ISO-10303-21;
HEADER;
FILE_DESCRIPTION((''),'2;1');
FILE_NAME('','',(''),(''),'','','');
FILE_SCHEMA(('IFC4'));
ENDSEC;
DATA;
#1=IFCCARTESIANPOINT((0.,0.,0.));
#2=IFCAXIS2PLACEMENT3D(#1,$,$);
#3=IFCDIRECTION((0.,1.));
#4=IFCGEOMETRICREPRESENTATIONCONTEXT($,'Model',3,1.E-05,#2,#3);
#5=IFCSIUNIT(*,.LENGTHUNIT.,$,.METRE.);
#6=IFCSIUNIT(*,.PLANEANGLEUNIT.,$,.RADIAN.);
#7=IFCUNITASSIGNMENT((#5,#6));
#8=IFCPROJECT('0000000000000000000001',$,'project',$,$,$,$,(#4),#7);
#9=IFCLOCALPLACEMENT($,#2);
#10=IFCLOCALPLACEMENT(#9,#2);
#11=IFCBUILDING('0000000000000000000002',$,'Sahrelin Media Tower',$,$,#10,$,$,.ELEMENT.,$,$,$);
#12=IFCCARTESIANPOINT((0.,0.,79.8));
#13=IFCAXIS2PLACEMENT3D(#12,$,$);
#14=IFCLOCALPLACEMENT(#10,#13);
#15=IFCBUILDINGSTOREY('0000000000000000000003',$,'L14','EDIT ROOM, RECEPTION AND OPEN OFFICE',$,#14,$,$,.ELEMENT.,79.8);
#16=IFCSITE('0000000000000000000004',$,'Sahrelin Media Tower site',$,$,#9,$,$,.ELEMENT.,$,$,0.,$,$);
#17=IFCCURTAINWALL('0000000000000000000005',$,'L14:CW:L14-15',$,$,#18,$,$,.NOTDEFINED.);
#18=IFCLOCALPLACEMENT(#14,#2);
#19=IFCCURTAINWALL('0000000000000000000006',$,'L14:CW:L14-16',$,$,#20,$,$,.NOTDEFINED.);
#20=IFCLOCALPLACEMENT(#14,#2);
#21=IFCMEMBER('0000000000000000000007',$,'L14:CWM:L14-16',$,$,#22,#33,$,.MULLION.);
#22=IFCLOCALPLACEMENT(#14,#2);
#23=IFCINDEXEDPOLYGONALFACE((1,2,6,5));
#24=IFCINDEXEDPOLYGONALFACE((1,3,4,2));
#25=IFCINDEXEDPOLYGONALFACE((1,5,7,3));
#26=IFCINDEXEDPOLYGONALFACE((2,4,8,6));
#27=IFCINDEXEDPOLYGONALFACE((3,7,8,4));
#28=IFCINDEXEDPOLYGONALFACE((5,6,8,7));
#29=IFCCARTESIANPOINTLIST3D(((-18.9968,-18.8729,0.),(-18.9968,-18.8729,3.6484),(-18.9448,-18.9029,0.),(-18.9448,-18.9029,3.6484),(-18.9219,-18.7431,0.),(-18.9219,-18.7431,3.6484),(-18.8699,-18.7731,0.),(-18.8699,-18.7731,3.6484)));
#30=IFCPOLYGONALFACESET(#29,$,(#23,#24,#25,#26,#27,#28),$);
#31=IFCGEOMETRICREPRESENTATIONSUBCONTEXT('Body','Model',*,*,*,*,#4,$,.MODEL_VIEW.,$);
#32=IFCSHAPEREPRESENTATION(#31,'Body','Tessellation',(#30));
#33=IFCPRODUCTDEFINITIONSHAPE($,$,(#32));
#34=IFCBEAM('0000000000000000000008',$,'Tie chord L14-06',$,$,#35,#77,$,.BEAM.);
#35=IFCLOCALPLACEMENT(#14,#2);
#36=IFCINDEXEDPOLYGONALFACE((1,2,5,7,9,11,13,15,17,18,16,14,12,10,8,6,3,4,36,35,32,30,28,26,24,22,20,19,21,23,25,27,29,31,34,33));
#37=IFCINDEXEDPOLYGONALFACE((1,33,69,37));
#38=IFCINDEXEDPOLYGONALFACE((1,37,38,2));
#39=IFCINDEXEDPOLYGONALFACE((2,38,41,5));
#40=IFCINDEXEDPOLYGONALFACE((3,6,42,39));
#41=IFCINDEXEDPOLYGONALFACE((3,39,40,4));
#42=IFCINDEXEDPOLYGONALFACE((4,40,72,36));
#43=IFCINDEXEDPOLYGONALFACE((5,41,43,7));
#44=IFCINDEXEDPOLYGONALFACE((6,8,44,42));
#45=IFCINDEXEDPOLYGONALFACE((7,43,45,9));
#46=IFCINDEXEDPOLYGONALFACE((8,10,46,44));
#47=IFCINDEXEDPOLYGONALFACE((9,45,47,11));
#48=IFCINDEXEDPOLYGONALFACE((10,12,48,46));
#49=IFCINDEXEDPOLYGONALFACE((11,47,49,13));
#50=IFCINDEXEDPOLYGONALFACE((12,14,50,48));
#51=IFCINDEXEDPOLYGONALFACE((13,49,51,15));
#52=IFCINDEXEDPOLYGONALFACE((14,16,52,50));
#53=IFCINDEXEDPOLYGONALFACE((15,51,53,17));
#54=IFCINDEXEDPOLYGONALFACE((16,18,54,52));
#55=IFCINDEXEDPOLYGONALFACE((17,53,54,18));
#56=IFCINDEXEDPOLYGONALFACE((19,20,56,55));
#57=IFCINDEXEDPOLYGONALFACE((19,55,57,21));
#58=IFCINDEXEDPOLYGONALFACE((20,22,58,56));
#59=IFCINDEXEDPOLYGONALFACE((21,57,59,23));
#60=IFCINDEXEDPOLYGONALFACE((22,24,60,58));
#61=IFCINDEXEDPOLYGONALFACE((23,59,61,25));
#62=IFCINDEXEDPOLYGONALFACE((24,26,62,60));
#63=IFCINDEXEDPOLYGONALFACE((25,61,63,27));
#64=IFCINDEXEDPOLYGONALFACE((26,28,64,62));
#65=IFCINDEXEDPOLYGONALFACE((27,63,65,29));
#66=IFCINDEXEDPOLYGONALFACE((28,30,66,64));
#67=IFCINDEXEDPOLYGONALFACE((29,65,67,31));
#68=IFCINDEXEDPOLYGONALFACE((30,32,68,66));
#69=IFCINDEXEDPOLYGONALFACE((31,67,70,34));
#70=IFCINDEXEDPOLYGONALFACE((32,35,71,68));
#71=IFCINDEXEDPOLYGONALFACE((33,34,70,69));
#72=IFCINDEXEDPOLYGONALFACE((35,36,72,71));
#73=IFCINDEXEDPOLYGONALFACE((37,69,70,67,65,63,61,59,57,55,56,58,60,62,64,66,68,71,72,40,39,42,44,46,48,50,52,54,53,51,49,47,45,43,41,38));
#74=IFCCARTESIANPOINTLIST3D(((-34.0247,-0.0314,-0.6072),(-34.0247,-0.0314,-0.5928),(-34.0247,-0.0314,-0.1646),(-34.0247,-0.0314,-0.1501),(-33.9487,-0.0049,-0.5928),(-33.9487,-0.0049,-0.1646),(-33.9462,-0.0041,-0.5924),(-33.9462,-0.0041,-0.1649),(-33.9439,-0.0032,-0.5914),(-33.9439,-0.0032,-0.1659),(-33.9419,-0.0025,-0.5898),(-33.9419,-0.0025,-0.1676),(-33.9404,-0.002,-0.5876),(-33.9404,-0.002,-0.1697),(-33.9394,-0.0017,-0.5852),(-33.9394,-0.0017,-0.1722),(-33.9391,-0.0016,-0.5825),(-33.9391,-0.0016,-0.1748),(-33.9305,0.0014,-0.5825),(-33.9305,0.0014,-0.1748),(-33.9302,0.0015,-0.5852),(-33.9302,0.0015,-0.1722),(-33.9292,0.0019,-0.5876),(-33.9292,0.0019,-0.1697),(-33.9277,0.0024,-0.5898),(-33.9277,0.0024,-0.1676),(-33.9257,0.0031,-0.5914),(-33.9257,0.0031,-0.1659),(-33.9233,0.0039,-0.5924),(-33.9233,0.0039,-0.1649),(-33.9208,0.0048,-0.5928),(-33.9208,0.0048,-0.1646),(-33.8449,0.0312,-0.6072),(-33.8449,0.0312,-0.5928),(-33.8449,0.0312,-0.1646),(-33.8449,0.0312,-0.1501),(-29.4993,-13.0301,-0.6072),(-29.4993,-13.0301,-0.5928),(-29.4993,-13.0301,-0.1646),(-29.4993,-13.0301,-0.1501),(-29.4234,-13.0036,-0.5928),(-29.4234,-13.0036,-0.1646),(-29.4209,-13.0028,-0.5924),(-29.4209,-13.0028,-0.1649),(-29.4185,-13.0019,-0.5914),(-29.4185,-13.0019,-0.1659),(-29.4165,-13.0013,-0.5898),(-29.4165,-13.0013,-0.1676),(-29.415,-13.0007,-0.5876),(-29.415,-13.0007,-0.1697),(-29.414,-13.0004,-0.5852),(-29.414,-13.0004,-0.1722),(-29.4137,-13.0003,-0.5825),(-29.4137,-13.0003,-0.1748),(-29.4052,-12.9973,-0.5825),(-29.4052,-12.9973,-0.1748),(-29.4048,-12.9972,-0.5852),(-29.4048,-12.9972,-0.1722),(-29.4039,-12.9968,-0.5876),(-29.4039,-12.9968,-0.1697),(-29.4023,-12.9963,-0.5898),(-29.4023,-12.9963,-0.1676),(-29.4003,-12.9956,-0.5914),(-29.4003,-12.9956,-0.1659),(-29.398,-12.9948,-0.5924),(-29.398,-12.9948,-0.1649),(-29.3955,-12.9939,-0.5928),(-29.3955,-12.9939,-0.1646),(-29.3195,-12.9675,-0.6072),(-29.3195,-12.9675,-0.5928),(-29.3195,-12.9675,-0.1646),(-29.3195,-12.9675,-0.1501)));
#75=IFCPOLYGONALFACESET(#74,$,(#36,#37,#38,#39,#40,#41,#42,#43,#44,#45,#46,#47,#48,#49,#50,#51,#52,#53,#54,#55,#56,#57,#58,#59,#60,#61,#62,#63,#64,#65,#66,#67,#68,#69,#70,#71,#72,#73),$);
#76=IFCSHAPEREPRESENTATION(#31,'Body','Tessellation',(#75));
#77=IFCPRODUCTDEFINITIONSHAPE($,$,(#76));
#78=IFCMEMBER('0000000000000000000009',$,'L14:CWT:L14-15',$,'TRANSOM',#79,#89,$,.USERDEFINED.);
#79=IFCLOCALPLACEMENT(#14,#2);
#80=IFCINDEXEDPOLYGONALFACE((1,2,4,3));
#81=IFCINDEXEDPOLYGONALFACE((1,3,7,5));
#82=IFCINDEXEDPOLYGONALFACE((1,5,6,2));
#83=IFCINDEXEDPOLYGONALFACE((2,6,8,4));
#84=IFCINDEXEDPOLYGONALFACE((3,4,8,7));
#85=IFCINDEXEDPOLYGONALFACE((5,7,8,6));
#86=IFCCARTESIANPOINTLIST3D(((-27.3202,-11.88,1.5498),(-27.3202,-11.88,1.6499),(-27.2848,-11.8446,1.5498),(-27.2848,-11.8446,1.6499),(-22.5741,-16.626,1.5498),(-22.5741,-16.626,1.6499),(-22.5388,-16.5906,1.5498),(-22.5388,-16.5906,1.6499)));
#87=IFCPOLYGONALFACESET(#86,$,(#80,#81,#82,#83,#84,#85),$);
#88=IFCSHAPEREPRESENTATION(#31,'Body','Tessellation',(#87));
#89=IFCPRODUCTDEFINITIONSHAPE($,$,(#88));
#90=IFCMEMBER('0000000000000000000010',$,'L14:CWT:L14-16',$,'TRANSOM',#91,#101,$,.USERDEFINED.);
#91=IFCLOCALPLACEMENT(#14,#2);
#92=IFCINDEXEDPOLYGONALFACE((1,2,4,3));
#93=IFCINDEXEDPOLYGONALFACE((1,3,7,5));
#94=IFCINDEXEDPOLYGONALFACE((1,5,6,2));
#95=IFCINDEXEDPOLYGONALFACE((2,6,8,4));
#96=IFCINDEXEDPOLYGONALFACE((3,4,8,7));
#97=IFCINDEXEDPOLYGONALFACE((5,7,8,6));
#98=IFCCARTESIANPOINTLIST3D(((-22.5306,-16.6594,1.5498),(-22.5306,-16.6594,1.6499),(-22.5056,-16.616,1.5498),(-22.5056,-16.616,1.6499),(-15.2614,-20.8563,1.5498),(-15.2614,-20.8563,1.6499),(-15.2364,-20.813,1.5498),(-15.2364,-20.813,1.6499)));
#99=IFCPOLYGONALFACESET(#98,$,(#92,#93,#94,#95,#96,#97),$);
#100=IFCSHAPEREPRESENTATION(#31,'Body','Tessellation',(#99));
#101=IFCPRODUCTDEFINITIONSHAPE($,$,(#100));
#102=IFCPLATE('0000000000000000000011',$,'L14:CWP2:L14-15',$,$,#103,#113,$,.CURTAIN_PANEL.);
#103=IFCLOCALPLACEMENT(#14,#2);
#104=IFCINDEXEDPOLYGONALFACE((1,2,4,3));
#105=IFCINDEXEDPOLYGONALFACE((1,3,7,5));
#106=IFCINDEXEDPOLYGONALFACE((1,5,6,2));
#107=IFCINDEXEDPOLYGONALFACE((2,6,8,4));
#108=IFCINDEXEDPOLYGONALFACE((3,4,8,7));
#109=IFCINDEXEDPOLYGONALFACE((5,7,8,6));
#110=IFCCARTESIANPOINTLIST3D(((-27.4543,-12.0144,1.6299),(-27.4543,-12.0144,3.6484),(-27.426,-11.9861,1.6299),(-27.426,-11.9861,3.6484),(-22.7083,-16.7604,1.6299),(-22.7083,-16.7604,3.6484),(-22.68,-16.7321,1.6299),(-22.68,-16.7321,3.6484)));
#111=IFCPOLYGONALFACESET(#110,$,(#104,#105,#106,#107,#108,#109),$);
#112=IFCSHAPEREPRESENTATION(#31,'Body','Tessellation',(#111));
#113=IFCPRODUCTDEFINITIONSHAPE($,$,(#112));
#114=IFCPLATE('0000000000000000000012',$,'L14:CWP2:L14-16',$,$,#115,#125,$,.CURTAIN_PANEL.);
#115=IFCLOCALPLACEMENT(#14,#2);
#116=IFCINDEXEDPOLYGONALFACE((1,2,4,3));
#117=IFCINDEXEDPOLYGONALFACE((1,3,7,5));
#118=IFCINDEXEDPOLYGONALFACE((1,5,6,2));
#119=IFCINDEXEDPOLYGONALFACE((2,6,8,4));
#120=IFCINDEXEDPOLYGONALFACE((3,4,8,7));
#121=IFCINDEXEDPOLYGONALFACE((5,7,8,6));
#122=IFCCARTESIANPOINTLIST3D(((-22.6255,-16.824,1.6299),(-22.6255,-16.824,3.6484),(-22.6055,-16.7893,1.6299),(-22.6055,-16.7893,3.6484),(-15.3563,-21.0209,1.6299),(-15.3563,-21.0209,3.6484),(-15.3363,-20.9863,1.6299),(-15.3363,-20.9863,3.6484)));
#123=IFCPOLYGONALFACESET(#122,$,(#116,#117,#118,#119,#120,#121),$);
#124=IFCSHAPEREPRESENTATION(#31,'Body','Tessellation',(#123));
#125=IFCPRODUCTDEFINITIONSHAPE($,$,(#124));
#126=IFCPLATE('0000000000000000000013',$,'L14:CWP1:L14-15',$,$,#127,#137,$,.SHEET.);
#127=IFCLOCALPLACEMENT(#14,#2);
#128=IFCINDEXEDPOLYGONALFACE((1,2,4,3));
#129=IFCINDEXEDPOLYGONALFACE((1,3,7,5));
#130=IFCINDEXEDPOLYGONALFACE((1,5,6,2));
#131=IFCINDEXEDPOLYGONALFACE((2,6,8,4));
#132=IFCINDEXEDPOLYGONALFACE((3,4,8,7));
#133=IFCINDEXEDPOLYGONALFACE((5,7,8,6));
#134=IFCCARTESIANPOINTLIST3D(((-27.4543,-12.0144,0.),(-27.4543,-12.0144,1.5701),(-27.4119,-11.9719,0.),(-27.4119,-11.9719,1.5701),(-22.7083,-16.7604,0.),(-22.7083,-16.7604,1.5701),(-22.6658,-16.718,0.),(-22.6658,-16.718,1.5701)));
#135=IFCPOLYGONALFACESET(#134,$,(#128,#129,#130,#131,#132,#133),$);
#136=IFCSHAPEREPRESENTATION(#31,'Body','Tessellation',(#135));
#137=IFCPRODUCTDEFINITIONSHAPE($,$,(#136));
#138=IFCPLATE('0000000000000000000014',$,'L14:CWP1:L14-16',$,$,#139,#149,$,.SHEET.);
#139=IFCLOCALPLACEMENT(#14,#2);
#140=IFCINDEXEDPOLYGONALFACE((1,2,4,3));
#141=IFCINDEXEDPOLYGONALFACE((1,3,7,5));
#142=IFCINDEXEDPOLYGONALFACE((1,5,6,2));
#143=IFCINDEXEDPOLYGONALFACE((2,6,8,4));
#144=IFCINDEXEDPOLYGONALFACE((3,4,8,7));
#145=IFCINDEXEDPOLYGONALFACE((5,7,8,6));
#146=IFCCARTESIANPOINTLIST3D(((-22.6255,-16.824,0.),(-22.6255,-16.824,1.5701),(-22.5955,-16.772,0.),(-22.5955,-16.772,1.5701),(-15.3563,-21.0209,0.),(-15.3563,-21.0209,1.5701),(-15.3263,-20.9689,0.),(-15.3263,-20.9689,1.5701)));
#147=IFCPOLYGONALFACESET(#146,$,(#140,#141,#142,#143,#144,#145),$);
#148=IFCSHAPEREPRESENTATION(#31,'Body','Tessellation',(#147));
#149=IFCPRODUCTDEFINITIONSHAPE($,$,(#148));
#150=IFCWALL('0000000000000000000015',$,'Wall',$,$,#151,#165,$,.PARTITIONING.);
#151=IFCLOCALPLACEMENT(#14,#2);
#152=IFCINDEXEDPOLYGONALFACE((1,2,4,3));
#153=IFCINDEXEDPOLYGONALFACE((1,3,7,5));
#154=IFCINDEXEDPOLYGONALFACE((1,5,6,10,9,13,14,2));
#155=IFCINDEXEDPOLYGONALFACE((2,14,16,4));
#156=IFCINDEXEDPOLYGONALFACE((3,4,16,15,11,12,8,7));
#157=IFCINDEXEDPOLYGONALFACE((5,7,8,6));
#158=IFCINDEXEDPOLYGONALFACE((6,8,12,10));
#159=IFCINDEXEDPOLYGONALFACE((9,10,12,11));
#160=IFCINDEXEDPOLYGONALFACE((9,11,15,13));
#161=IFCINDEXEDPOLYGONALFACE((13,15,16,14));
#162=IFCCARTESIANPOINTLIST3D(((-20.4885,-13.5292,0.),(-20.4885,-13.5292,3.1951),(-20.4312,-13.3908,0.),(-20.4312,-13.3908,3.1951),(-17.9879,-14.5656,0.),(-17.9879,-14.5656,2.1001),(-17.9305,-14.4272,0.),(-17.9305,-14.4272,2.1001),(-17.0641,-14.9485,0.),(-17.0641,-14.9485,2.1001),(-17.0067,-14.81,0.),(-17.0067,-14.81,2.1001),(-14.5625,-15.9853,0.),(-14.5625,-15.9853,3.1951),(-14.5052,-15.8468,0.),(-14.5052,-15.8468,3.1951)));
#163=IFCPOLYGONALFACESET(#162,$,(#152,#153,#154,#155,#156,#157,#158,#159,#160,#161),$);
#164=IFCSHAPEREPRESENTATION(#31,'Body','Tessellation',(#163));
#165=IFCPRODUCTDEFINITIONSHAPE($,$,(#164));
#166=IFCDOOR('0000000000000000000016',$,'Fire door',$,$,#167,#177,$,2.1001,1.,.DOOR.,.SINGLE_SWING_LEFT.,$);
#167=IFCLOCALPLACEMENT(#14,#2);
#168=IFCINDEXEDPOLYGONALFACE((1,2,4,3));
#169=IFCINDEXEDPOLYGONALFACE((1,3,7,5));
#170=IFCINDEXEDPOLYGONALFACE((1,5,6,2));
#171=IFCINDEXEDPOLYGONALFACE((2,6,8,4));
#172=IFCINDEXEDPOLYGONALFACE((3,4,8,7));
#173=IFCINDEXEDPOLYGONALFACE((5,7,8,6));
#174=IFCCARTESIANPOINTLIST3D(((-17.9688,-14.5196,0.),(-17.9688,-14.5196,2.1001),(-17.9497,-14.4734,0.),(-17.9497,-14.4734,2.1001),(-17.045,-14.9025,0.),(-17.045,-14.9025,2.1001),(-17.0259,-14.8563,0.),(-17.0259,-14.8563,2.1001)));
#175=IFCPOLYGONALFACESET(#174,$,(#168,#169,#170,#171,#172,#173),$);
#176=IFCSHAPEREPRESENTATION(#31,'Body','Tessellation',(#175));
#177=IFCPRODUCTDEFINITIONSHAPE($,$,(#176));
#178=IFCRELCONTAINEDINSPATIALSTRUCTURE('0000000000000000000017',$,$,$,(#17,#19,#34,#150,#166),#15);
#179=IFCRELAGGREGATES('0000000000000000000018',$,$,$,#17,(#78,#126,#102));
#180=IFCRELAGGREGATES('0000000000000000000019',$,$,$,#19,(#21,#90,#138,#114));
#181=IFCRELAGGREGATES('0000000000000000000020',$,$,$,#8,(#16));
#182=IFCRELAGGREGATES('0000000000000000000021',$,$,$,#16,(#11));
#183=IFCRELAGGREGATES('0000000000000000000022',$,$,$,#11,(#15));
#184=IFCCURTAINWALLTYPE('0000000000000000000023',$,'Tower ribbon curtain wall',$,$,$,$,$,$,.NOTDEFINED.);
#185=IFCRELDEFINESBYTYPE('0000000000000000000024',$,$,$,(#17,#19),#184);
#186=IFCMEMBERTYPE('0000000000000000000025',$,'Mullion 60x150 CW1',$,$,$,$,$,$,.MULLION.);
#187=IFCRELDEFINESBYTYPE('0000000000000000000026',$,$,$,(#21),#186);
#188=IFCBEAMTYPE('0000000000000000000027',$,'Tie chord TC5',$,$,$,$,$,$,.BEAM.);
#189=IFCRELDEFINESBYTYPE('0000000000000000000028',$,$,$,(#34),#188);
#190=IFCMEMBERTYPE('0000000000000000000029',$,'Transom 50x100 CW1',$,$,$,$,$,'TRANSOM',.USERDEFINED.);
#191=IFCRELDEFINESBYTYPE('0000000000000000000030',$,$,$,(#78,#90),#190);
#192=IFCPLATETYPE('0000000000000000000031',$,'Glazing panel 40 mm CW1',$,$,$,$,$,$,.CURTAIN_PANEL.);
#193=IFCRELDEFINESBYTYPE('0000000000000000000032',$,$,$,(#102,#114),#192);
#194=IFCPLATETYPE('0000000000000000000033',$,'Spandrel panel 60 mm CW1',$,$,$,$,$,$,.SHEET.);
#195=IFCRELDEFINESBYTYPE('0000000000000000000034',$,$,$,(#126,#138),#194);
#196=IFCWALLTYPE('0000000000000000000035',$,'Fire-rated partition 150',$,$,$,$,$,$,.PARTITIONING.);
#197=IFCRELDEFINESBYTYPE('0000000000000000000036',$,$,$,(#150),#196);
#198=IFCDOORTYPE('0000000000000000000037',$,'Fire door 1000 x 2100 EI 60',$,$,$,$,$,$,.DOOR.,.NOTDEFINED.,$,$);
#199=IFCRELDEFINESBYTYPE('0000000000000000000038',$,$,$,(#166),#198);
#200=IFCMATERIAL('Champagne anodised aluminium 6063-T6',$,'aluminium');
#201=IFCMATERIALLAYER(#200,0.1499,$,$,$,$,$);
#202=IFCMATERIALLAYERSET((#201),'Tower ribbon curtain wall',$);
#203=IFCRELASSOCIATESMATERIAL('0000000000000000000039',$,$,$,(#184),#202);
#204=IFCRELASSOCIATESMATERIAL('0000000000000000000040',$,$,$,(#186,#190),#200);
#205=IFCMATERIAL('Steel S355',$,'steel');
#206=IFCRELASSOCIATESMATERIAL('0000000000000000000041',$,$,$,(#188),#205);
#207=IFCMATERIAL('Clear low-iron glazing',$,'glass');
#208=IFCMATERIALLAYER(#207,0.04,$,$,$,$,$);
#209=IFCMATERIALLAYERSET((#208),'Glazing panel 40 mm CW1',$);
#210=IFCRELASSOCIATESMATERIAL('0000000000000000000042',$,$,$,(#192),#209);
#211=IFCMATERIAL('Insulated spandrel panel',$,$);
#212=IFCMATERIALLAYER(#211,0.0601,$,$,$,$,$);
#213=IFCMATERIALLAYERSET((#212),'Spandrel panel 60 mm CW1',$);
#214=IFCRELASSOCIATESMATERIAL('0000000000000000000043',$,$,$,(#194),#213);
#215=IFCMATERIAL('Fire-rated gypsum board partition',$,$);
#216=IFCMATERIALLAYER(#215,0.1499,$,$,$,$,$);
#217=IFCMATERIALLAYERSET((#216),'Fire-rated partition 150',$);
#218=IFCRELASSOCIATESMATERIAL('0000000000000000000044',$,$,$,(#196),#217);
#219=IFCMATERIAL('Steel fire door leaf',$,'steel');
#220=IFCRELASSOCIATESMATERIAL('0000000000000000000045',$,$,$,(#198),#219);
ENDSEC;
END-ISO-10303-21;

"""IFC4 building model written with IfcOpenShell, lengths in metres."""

from ifc_helpers import new_model, si_unit, direction, frame, frame_2d, origin, origin_2d, place, context, subcontext, project, spatial, polyline, rectangle, i_section, outline, extrude, material, layer, layer_set, material_profile, profile_set, type_object, element, fill, aggregate, save


model = new_model("IFC4")

# Units and contexts
model_context = context("Model", 3, precision=1e-05, world=origin(), true_north=direction((0.0, 1.0)))
body_context = subcontext(model_context, "Body", "Model", "MODEL_VIEW")
ifc_project = project(units=[si_unit("LENGTHUNIT", "METRE"), si_unit("PLANEANGLEUNIT", "RADIAN")], contexts=[model_context])

# Site, building, storey
site_placement = place(None, origin())
site = spatial("IfcSite", under=ifc_project, at=site_placement, Name="Sahrelin Media Tower site", CompositionType="ELEMENT", RefElevation=0.0)
building_placement = place(site_placement, origin())
building = spatial("IfcBuilding", under=site, at=building_placement, Name="Sahrelin Media Tower", CompositionType="ELEMENT")
storey_placement = place(building_placement, frame((0.0, 0.0, 79.8)))
storey = spatial("IfcBuildingStorey", under=building, at=storey_placement, Name="L14", Description="EDIT ROOM, RECEPTION AND OPEN OFFICE", CompositionType="ELEMENT", Elevation=79.8)

# Shared definitions
ifc_material_1 = material(Name="Steel S355", Category="steel")

# Curtain walls, member
ifc_material_2 = material(Name="Champagne anodised aluminium 6063-T6", Category="aluminium")
ifc_layer_1 = layer(ifc_material_2, 0.1499)
ifc_layer_set_1 = layer_set([ifc_layer_1], Name="Tower ribbon curtain wall")
curtain_wall_type = type_object("IfcCurtainWallType", Name="Tower ribbon curtain wall", PredefinedType="NOTDEFINED", material=ifc_layer_set_1)
curtain_wall_1_placement = place(storey_placement, frame((-25.0671, -14.3733, 0.0), z_axis=(0.0, 0.0, 1.0), x_axis=(1.0, 0.0, 0.0)))
curtain_wall_1 = element("IfcCurtainWall", 1, at=curtain_wall_1_placement, inside=storey, type_object=curtain_wall_type, Name="L14:CW:L14-15", PredefinedType="NOTDEFINED")
ifc_material_profile_1 = material_profile(ifc_material_2, rectangle(XDim=0.0601, YDim=0.1499, at=origin_2d()), Name="Mullion 60x150")
ifc_profile_set_1 = profile_set([ifc_material_profile_1], Name="Champagne anodised aluminium 6063-T6")
member_type_1 = type_object("IfcMemberType", Name="Mullion 60x150 CW1", PredefinedType="MULLION", material=ifc_profile_set_1)
curtain_wall_2_placement = place(storey_placement, frame((-18.9807, -18.905, 0.0), z_axis=(0.0, 0.0, 1.0), x_axis=(1.0, 0.0, 0.0)))
curtain_wall_2 = element("IfcCurtainWall", 2, at=curtain_wall_2_placement, inside=storey, type_object=curtain_wall_type, Name="L14:CW:L14-16", PredefinedType="NOTDEFINED")
member_1_placement = place(storey_placement, frame((-18.9333, -18.823, 0.0), z_axis=(0.0, 0.0, 1.0), x_axis=(0.866027, -0.499997, 0.0)))
member_1 = element("IfcMember", 3, at=member_1_placement, type_object=member_type_1, Name="L14:CWM:L14-16", PredefinedType="MULLION", context=body_context, shape_type="SweptSolid", body=[
    extrude(rectangle(XDim=0.0601, YDim=0.1499, at=origin_2d()), origin(), (0.0, 0.0, 1.0), 3.6484),
])

# Beam
ifc_material_profile_2 = material_profile(ifc_material_1, i_section(OverallWidth=0.1904, OverallDepth=0.457, WebThickness=0.009, FlangeThickness=0.0144, FilletRadius=0.0103, at=origin_2d()), Name="UB 457x191x74")
ifc_profile_set_2 = profile_set([ifc_material_profile_2], Name="Steel S355")
beam_type_1 = type_object("IfcBeamType", Name="Tie chord TC5", PredefinedType="BEAM", material=ifc_profile_set_2)
beam_1_placement = place(storey_placement, frame((-29.4094, -12.9988, -0.3787), z_axis=(-0.328785, 0.944405, 0.0), x_axis=(-0.944405, -0.328785, 0.0)))
element("IfcBeam", 4, at=beam_1_placement, inside=storey, type_object=beam_type_1, Name="Tie chord L14-06", PredefinedType="BEAM", context=body_context, shape_type="SweptSolid", body=[
    extrude(i_section(OverallWidth=0.1904, OverallDepth=0.457, WebThickness=0.009, FlangeThickness=0.0144, FilletRadius=0.0103, at=origin_2d()), origin(), (0.0, 0.0, 1.0), 13.7639),
])

# Members
ifc_material_profile_3 = material_profile(ifc_material_2, rectangle(XDim=0.05, YDim=0.1001, at=origin_2d()), Name="Transom 50x100")
ifc_profile_set_3 = profile_set([ifc_material_profile_3], Name="Champagne anodised aluminium 6063-T6")
member_type_2 = type_object("IfcMemberType", Name="Transom 50x100 CW1", ElementType="TRANSOM", PredefinedType="USERDEFINED", material=ifc_profile_set_3)
member_2_placement = place(storey_placement, frame((-27.3025, -11.8623, 1.5999), z_axis=(0.707107, -0.707107, 0.0), x_axis=(0.707107, 0.707107, 0.0)))
member_2 = element("IfcMember", 5, at=member_2_placement, type_object=member_type_2, Name="L14:CWT:L14-15", ObjectType="TRANSOM", PredefinedType="USERDEFINED", context=body_context, shape_type="SweptSolid", body=[
    extrude(rectangle(XDim=0.05, YDim=0.1001, at=origin_2d()), origin(), (0.0, 0.0, 1.0), 6.7119),
])
member_3_placement = place(storey_placement, frame((-22.5181, -16.6377, 1.5999), z_axis=(0.86602, -0.500009, 0.0), x_axis=(0.500009, 0.86602, 0.0)))
member_3 = element("IfcMember", 6, at=member_3_placement, type_object=member_type_2, Name="L14:CWT:L14-16", ObjectType="TRANSOM", PredefinedType="USERDEFINED", context=body_context, shape_type="SweptSolid", body=[
    extrude(rectangle(XDim=0.05, YDim=0.1001, at=origin_2d()), origin(), (0.0, 0.0, 1.0), 8.3938),
])

# Plates
ifc_material_3 = material(Name="Clear low-iron glazing", Category="glass")
ifc_layer_2 = layer(ifc_material_3, 0.04)
ifc_layer_set_2 = layer_set([ifc_layer_2], Name="Glazing panel 40 mm CW1")
plate_type_1 = type_object("IfcPlateType", Name="Glazing panel 40 mm CW1", PredefinedType="CURTAIN_PANEL", material=ifc_layer_set_2)
plate_1_placement = place(storey_placement, frame((-27.4543, -12.0144, 1.6299), z_axis=(-0.707107, -0.707107, 0.0), x_axis=(0.707107, -0.707107, 0.0)))
plate_1 = element("IfcPlate", 7, at=plate_1_placement, type_object=plate_type_1, Name="L14:CWP2:L14-15", PredefinedType="CURTAIN_PANEL", context=body_context, shape_type="SweptSolid", body=[
    extrude(outline(polyline([(0.0, 0.0), (6.7119, 0.0), (6.7119, 2.0186), (0.0, 2.0186), (0.0, 0.0)])), origin(), (0.0, 0.0, -1.0), 0.04),
])
plate_2_placement = place(storey_placement, frame((-22.6255, -16.824, 1.6299), z_axis=(-0.500009, -0.86602, 0.0), x_axis=(0.86602, -0.500009, 0.0)))
plate_2 = element("IfcPlate", 8, at=plate_2_placement, type_object=plate_type_1, Name="L14:CWP2:L14-16", PredefinedType="CURTAIN_PANEL", context=body_context, shape_type="SweptSolid", body=[
    extrude(outline(polyline([(0.0, 0.0), (8.3938, 0.0), (8.3938, 2.0186), (0.0, 2.0186), (0.0, 0.0)])), origin(), (0.0, 0.0, -1.0), 0.04),
])
ifc_material_4 = material(Name="Insulated spandrel panel")
ifc_layer_3 = layer(ifc_material_4, 0.0601)
ifc_layer_set_3 = layer_set([ifc_layer_3], Name="Spandrel panel 60 mm CW1")
plate_type_2 = type_object("IfcPlateType", Name="Spandrel panel 60 mm CW1", PredefinedType="SHEET", material=ifc_layer_set_3)
plate_3_placement = place(storey_placement, frame((-27.4543, -12.0144, 0.0), z_axis=(-0.707107, -0.707107, 0.0), x_axis=(0.707107, -0.707107, 0.0)))
plate_3 = element("IfcPlate", 9, at=plate_3_placement, type_object=plate_type_2, Name="L14:CWP1:L14-15", PredefinedType="SHEET", context=body_context, shape_type="SweptSolid", body=[
    extrude(outline(polyline([(0.0, 0.0), (6.7119, 0.0), (6.7119, 1.5701), (0.0, 1.5701), (0.0, 0.0)])), origin(), (0.0, 0.0, -1.0), 0.0601),
])
aggregate(curtain_wall_1, [member_2, plate_3, plate_1])
plate_4_placement = place(storey_placement, frame((-22.6255, -16.824, 0.0), z_axis=(-0.500009, -0.86602, 0.0), x_axis=(0.86602, -0.500009, 0.0)))
plate_4 = element("IfcPlate", 10, at=plate_4_placement, type_object=plate_type_2, Name="L14:CWP1:L14-16", PredefinedType="SHEET", context=body_context, shape_type="SweptSolid", body=[
    extrude(outline(polyline([(0.0, 0.0), (8.3938, 0.0), (8.3938, 1.5701), (0.0, 1.5701), (0.0, 0.0)])), origin(), (0.0, 0.0, -1.0), 0.0601),
])
aggregate(curtain_wall_2, [member_1, member_3, plate_4, plate_2])

# Wall, opening, door
ifc_material_5 = material(Name="Fire-rated gypsum board partition")
ifc_layer_4 = layer(ifc_material_5, 0.1499)
ifc_layer_set_4 = layer_set([ifc_layer_4], Name="Fire-rated partition 150")
wall_type_1 = type_object("IfcWallType", Name="Fire-rated partition 150", PredefinedType="PARTITIONING", material=ifc_layer_set_4)
wall_1_placement = place(storey_placement, frame((-20.46, -13.46, 0.0), z_axis=(0.0, 0.0, 1.0), x_axis=(0.923802, -0.382872, 0.0)))
wall_1 = element("IfcWall", 11, at=wall_1_placement, inside=storey, type_object=wall_type_1, Name="Wall", PredefinedType="PARTITIONING", context=body_context, shape_type="SweptSolid", body=[
    extrude(rectangle(XDim=6.4148, YDim=0.1499, at=frame_2d((3.2075, 0.0))), origin(), (0.0, 0.0, 1.0), 3.1951),
])
opening_placement = place(wall_1_placement, frame((2.707, 0.0, 0.0)))
opening = element("IfcOpeningElement", 12, at=opening_placement, cuts=wall_1, PredefinedType="OPENING", context=body_context, shape_type="SweptSolid", body=[
    extrude(rectangle(XDim=1.0, YDim=2.1001, at=frame_2d((0.5, 1.05))), frame((0.0, 0.075, 0.0), z_axis=(0.0, -1.0, 0.0), x_axis=(1.0, 0.0, 0.0)), (0.0, 0.0, 1.0), 0.1499),
])
ifc_material_6 = material(Name="Steel fire door leaf", Category="steel")
door_type = type_object("IfcDoorType", Name="Fire door 1000 x 2100 EI 60", OperationType="NOTDEFINED", PredefinedType="DOOR", material=ifc_material_6)
door_placement = place(opening_placement, origin())
door = element("IfcDoor", 13, at=door_placement, inside=storey, type_object=door_type, Name="Fire door", OperationType="SINGLE_SWING_LEFT", OverallHeight=2.1001, OverallWidth=1.0, PredefinedType="DOOR", context=body_context, shape_type="SweptSolid", body=[
    extrude(rectangle(XDim=1.0, YDim=2.1001, at=frame_2d((0.5, 1.05))), frame((0.0, 0.0249, 0.0), z_axis=(0.0, -1.0, 0.0), x_axis=(1.0, 0.0, 0.0)), (0.0, 0.0, 1.0), 0.05),
])
fill(opening, door)

save(model, "model.ifc")
